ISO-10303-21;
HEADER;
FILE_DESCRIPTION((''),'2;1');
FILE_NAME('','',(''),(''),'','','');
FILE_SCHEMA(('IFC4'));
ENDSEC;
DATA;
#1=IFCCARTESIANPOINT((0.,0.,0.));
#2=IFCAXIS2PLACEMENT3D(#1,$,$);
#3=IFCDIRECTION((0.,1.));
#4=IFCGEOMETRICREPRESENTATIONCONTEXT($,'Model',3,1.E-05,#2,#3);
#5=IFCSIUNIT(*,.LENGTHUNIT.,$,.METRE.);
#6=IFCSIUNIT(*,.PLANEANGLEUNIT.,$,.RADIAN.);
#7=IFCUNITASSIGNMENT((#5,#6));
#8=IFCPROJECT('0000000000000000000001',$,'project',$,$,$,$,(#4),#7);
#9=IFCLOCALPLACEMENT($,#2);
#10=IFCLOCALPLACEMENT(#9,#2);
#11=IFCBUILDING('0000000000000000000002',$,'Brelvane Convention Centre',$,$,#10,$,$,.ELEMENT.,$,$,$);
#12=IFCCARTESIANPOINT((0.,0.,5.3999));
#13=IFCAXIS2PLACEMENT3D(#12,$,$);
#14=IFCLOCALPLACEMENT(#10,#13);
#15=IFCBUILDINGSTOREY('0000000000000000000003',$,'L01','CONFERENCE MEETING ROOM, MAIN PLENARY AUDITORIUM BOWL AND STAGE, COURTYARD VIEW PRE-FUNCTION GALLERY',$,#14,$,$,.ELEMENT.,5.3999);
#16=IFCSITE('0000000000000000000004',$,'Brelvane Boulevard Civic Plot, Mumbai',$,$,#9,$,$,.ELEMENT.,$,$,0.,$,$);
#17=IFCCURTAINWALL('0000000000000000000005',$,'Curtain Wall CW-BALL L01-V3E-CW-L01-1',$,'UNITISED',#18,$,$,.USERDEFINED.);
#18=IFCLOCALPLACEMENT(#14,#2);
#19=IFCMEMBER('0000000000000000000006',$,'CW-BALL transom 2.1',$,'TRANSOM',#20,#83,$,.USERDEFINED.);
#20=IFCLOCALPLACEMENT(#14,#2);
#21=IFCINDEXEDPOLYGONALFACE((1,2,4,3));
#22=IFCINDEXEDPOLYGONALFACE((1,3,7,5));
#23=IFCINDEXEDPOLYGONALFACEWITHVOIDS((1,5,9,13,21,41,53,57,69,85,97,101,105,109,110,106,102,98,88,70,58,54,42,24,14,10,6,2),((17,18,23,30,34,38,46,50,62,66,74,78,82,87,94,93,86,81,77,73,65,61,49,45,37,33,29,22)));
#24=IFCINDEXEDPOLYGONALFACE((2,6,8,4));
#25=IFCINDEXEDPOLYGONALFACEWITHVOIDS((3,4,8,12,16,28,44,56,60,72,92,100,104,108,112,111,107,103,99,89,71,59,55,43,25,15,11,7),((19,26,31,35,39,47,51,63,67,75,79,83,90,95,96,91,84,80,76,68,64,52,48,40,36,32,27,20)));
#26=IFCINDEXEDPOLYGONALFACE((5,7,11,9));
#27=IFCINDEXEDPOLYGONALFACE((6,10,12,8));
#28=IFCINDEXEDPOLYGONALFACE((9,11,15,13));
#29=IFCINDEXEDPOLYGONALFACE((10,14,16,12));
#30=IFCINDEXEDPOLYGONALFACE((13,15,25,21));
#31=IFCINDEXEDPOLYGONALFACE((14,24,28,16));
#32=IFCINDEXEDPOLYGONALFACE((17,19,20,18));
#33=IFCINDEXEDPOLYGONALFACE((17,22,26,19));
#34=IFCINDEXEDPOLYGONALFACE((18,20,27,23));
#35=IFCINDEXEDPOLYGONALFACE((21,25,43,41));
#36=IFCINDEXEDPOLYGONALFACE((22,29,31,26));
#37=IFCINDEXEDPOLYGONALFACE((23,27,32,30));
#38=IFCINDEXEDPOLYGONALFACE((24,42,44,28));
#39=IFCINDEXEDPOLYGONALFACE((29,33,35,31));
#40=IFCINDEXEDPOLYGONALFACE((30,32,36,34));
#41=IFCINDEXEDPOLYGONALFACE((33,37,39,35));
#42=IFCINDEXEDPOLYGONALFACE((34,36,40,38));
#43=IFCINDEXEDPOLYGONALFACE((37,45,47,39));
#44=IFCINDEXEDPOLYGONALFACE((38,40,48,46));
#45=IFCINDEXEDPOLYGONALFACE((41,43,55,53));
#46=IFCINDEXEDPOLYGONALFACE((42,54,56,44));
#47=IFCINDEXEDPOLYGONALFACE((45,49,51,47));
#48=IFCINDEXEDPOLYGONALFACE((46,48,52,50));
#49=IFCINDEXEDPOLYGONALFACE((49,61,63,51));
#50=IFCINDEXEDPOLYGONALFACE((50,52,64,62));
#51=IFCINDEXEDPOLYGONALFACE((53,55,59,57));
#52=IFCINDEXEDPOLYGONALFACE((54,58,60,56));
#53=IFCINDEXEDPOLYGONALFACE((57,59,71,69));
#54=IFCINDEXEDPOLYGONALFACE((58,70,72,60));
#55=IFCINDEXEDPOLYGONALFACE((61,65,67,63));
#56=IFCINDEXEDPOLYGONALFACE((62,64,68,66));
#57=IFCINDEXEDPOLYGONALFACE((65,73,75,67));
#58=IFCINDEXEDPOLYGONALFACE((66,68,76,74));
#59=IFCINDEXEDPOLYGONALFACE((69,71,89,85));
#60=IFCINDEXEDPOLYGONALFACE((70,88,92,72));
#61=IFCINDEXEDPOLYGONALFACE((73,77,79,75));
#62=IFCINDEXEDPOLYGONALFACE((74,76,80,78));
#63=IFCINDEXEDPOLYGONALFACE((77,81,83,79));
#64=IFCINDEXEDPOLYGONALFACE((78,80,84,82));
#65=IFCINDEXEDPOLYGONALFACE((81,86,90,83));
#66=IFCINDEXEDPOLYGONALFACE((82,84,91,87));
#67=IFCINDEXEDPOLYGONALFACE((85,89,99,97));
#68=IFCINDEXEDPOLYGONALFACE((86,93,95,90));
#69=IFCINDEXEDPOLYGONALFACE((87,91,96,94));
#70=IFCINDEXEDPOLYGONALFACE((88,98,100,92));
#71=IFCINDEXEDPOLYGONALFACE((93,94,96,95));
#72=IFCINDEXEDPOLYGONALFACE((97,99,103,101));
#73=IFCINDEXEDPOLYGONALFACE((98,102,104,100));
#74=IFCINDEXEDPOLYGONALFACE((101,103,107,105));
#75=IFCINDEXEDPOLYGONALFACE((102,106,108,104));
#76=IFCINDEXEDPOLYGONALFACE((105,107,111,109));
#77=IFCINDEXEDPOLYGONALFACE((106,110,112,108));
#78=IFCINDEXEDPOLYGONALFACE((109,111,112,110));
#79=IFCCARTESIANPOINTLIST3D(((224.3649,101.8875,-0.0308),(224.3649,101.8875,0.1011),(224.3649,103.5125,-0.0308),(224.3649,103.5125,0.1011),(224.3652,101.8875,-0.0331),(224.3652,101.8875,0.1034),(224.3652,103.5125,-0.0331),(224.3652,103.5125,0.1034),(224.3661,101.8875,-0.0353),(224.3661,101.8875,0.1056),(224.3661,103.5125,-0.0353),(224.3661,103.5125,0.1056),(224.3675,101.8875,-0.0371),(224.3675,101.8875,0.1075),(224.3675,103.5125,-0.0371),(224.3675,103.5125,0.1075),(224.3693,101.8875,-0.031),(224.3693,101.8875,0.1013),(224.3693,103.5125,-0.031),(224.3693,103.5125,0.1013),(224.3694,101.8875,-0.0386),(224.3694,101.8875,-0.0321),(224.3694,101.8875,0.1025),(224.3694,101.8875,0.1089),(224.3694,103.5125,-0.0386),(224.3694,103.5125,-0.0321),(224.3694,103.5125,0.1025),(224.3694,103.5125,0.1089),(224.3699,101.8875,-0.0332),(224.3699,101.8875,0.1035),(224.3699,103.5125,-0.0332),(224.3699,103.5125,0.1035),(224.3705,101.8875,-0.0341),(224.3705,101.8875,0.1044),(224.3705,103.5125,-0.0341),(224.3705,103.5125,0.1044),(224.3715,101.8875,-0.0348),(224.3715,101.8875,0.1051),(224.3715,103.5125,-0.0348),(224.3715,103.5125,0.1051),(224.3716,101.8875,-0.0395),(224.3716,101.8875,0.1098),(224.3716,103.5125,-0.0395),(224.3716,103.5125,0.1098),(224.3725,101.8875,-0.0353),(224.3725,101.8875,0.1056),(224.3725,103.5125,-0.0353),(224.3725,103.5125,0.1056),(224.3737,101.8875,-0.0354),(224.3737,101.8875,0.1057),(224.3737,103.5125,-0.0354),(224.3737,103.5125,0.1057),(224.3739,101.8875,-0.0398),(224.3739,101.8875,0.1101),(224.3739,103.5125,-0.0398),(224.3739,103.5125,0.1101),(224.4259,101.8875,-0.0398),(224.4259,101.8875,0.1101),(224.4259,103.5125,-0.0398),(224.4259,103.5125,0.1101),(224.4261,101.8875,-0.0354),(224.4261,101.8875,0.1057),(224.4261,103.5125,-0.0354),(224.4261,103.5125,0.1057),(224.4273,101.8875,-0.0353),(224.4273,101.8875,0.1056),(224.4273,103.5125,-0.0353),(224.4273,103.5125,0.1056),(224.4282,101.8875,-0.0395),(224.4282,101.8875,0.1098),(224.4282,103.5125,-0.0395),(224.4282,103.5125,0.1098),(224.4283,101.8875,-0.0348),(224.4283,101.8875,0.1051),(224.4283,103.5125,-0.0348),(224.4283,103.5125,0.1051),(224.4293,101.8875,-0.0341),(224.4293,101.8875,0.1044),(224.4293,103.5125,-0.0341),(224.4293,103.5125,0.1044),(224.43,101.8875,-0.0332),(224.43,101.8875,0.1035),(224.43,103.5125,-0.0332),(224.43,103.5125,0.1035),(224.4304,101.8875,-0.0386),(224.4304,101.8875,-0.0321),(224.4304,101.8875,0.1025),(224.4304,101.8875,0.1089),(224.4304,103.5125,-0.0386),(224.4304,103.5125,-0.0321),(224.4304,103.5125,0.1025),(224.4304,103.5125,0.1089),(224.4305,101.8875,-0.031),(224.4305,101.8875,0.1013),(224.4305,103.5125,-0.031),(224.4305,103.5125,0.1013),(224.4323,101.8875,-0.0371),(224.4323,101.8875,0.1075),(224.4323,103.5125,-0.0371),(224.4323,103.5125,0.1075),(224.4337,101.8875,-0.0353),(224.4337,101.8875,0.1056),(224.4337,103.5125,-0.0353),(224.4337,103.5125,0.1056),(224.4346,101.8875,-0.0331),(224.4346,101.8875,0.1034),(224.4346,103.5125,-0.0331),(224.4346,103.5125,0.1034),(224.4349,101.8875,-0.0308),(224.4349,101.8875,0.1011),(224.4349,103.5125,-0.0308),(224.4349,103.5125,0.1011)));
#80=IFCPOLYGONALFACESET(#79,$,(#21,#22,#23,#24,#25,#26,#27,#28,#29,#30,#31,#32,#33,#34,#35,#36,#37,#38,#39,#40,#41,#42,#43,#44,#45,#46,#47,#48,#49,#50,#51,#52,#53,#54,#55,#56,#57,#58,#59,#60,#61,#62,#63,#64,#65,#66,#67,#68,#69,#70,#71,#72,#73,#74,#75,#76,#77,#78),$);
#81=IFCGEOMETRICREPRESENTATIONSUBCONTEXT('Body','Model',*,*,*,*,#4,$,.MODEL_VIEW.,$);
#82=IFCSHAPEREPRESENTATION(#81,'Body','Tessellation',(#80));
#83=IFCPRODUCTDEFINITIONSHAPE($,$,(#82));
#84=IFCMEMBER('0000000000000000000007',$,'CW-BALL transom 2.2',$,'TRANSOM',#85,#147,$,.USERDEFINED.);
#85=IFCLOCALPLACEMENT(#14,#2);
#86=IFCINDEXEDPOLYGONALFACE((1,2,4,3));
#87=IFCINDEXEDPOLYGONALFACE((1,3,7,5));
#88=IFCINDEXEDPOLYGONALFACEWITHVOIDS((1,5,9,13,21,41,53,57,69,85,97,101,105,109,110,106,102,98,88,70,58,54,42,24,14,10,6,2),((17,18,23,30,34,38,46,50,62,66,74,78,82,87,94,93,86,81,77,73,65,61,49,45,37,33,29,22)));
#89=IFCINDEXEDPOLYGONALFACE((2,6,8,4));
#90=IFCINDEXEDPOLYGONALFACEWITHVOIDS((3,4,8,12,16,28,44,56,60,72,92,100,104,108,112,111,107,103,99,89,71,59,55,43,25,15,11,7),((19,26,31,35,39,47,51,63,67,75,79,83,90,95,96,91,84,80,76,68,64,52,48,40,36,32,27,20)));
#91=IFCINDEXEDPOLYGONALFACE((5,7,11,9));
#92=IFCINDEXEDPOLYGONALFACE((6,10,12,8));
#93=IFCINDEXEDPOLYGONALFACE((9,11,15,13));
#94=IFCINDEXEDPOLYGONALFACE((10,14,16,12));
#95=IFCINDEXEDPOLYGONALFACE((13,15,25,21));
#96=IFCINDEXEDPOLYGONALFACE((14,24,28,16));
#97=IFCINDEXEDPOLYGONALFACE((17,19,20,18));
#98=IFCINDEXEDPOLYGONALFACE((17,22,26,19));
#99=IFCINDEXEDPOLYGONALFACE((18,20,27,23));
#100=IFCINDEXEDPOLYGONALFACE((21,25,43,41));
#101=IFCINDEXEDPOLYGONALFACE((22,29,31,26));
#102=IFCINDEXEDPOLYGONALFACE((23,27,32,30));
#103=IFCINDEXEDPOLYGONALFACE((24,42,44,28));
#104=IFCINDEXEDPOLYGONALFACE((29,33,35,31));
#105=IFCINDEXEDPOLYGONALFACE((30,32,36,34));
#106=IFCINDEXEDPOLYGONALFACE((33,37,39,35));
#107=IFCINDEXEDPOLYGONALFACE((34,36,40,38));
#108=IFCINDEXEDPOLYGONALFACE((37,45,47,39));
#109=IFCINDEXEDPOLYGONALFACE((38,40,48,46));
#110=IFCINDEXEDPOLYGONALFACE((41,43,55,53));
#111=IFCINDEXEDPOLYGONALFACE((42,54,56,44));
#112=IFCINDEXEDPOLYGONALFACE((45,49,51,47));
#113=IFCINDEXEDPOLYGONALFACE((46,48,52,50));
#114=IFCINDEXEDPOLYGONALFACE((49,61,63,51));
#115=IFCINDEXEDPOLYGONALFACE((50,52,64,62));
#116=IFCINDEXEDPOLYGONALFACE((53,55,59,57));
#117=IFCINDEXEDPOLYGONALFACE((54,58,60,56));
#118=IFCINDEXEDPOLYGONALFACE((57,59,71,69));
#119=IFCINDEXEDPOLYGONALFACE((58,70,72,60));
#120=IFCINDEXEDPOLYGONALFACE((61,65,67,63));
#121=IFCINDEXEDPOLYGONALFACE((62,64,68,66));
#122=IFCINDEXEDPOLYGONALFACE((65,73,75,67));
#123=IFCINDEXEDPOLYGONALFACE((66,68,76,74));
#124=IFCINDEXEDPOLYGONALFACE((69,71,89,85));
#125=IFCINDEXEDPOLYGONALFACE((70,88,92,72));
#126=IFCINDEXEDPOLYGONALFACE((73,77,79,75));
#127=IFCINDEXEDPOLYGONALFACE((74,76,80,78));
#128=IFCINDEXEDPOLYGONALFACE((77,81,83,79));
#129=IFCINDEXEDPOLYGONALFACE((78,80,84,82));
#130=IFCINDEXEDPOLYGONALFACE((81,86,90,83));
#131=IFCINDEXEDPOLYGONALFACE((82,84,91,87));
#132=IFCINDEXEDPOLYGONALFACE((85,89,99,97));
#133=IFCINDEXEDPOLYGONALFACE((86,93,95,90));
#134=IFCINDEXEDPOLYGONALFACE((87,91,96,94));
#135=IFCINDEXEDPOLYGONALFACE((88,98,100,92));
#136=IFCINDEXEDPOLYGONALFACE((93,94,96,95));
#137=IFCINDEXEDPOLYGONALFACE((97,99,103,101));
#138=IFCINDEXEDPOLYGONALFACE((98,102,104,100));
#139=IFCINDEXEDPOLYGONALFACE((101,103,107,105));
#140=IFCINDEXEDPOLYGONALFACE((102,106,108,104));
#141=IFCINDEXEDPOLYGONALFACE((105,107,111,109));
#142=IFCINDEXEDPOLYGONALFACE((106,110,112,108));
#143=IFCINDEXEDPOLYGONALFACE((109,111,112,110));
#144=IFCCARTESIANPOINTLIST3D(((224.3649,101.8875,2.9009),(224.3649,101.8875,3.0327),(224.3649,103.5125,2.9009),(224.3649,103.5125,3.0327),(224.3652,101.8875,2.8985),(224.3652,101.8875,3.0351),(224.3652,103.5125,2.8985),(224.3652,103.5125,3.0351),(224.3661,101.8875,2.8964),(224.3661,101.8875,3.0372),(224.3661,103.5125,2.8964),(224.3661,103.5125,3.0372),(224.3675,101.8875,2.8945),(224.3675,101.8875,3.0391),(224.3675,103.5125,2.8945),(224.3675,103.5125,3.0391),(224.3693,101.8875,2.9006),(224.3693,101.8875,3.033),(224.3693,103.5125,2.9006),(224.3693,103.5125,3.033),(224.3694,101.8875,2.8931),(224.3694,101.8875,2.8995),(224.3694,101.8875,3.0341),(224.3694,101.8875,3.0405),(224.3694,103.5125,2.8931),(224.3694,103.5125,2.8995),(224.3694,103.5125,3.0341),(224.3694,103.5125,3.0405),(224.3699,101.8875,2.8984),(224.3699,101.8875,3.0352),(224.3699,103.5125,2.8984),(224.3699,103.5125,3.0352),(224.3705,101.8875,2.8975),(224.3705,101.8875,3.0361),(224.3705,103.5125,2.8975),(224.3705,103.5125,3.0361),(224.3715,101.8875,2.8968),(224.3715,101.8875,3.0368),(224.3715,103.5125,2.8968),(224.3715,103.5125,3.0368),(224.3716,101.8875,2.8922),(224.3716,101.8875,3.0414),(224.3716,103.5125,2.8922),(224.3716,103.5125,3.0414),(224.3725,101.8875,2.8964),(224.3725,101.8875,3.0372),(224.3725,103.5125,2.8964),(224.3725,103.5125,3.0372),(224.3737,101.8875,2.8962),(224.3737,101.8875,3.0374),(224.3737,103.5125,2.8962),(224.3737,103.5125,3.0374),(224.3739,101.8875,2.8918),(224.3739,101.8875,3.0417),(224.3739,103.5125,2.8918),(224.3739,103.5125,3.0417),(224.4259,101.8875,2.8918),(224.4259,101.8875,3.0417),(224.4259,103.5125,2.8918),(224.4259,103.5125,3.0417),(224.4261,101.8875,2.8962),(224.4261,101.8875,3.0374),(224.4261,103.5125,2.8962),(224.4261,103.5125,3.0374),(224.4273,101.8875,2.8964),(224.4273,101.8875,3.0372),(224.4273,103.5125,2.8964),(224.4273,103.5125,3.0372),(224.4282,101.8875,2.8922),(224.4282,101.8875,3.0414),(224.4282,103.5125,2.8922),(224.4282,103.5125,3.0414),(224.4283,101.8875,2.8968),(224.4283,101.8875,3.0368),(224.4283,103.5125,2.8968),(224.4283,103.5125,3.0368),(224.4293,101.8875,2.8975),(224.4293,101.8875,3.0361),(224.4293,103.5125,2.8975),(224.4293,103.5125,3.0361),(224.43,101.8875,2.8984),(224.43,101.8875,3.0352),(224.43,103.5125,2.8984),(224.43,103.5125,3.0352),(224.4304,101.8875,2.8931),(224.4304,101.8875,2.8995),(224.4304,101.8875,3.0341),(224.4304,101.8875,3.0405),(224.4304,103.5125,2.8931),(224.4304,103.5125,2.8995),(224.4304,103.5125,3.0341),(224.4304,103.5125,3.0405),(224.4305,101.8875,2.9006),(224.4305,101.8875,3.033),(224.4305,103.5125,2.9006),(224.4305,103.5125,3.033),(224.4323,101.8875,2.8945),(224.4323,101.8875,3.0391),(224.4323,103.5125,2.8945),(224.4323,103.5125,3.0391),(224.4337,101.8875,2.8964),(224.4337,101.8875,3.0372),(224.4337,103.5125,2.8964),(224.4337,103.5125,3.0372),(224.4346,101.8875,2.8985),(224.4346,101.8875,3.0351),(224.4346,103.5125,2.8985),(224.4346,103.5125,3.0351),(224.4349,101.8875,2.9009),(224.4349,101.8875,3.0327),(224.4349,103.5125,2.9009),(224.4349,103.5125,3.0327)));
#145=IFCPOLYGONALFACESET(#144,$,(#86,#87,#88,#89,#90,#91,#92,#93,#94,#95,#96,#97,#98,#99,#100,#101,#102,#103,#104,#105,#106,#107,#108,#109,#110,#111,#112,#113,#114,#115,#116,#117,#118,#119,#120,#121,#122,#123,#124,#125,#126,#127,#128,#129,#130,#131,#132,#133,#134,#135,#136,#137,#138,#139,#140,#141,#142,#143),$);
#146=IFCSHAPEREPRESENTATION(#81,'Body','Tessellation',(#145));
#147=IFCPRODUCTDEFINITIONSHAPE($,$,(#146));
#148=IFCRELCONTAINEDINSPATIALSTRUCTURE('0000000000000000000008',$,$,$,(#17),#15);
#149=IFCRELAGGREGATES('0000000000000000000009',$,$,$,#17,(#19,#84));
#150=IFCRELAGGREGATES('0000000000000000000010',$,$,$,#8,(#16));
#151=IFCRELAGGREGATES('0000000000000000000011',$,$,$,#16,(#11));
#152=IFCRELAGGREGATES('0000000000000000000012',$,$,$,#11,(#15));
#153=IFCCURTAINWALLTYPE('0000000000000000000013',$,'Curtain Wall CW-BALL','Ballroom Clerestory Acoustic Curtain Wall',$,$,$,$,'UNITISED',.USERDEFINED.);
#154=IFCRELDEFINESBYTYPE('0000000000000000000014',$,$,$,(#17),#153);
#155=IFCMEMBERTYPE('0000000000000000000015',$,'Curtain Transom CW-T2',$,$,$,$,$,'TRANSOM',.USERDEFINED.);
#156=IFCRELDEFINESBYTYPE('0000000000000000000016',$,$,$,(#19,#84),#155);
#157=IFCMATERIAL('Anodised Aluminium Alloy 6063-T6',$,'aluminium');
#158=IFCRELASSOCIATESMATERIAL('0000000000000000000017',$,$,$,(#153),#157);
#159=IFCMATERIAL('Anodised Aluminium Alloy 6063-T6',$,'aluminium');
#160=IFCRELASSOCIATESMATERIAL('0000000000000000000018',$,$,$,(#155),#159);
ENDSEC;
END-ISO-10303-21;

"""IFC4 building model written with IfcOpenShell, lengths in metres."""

from ifc_helpers import new_model, si_unit, direction, frame, origin, origin_2d, place, context, subcontext, project, spatial, hollow_rectangle, extrude, material, material_profile, profile_set, type_object, element, aggregate, save


model = new_model("IFC4")

# Units and contexts
model_context = context("Model", 3, precision=1e-05, world=origin(), true_north=direction((0.0, 1.0)))
body_context = subcontext(model_context, "Body", "Model", "MODEL_VIEW")
ifc_project = project(units=[si_unit("LENGTHUNIT", "METRE"), si_unit("PLANEANGLEUNIT", "RADIAN")], contexts=[model_context])

# Site, building, storey
site_placement = place(None, origin())
site = spatial("IfcSite", under=ifc_project, at=site_placement, Name="Brelvane Boulevard Civic Plot, Mumbai", CompositionType="ELEMENT", RefElevation=0.0)
building_placement = place(site_placement, origin())
building = spatial("IfcBuilding", under=site, at=building_placement, Name="Brelvane Convention Centre", CompositionType="ELEMENT")
storey_placement = place(building_placement, frame((0.0, 0.0, 5.3999)))
storey = spatial("IfcBuildingStorey", under=building, at=storey_placement, Name="L01", Description="CONFERENCE MEETING ROOM, MAIN PLENARY AUDITORIUM BOWL AND STAGE, COURTYARD VIEW PRE-FUNCTION GALLERY", CompositionType="ELEMENT", Elevation=5.3999)

# Curtain wall, members
ifc_material_1 = material(Name="Anodised Aluminium Alloy 6063-T6", Category="aluminium")
curtain_wall_type = type_object("IfcCurtainWallType", Name="Curtain Wall CW-BALL", Description="Ballroom Clerestory Acoustic Curtain Wall", ElementType="UNITISED", PredefinedType="USERDEFINED", material=ifc_material_1)
curtain_wall_placement = place(storey_placement, origin())
curtain_wall = element("IfcCurtainWall", 1, at=curtain_wall_placement, inside=storey, type_object=curtain_wall_type, Name="Curtain Wall CW-BALL L01-V3E-CW-L01-1", ObjectType="UNITISED", PredefinedType="USERDEFINED")
ifc_material_2 = material(Name="Anodised Aluminium Alloy 6063-T6", Category="aluminium")
ifc_material_profile_1 = material_profile(ifc_material_2, hollow_rectangle(XDim=0.0701, YDim=0.1499, WallThickness=0.0044, InnerFilletRadius=0.0044, OuterFilletRadius=0.009, at=origin_2d()), Name="ALU-T 150x70x4.5")
ifc_profile_set_1 = profile_set([ifc_material_profile_1], Name="Anodised Aluminium Alloy 6063-T6")
member_type_1 = type_object("IfcMemberType", Name="Curtain Transom CW-T2", ElementType="TRANSOM", PredefinedType="USERDEFINED", material=ifc_profile_set_1)
member_1_placement = place(storey_placement, frame((224.3999, 101.8875, 0.0352), z_axis=(0.0, 1.0, 0.0), x_axis=(-1.0, 0.0, 0.0)))
member_1 = element("IfcMember", 2, at=member_1_placement, type_object=member_type_1, Name="CW-BALL transom 2.1", ObjectType="TRANSOM", PredefinedType="USERDEFINED", context=body_context, shape_type="SweptSolid", body=[
    extrude(hollow_rectangle(XDim=0.0701, YDim=0.1499, WallThickness=0.0044, InnerFilletRadius=0.0044, OuterFilletRadius=0.009, at=origin_2d()), origin(), (0.0, 0.0, 1.0), 1.625),
])
member_2_placement = place(storey_placement, frame((224.3999, 101.8875, 2.9668), z_axis=(0.0, 1.0, 0.0), x_axis=(-1.0, 0.0, 0.0)))
member_2 = element("IfcMember", 3, at=member_2_placement, type_object=member_type_1, Name="CW-BALL transom 2.2", ObjectType="TRANSOM", PredefinedType="USERDEFINED", context=body_context, shape_type="SweptSolid", body=[
    extrude(hollow_rectangle(XDim=0.0701, YDim=0.1499, WallThickness=0.0044, InnerFilletRadius=0.0044, OuterFilletRadius=0.009, at=origin_2d()), origin(), (0.0, 0.0, 1.0), 1.625),
])

aggregate(curtain_wall, [member_1, member_2])

save(model, "model.ifc")
